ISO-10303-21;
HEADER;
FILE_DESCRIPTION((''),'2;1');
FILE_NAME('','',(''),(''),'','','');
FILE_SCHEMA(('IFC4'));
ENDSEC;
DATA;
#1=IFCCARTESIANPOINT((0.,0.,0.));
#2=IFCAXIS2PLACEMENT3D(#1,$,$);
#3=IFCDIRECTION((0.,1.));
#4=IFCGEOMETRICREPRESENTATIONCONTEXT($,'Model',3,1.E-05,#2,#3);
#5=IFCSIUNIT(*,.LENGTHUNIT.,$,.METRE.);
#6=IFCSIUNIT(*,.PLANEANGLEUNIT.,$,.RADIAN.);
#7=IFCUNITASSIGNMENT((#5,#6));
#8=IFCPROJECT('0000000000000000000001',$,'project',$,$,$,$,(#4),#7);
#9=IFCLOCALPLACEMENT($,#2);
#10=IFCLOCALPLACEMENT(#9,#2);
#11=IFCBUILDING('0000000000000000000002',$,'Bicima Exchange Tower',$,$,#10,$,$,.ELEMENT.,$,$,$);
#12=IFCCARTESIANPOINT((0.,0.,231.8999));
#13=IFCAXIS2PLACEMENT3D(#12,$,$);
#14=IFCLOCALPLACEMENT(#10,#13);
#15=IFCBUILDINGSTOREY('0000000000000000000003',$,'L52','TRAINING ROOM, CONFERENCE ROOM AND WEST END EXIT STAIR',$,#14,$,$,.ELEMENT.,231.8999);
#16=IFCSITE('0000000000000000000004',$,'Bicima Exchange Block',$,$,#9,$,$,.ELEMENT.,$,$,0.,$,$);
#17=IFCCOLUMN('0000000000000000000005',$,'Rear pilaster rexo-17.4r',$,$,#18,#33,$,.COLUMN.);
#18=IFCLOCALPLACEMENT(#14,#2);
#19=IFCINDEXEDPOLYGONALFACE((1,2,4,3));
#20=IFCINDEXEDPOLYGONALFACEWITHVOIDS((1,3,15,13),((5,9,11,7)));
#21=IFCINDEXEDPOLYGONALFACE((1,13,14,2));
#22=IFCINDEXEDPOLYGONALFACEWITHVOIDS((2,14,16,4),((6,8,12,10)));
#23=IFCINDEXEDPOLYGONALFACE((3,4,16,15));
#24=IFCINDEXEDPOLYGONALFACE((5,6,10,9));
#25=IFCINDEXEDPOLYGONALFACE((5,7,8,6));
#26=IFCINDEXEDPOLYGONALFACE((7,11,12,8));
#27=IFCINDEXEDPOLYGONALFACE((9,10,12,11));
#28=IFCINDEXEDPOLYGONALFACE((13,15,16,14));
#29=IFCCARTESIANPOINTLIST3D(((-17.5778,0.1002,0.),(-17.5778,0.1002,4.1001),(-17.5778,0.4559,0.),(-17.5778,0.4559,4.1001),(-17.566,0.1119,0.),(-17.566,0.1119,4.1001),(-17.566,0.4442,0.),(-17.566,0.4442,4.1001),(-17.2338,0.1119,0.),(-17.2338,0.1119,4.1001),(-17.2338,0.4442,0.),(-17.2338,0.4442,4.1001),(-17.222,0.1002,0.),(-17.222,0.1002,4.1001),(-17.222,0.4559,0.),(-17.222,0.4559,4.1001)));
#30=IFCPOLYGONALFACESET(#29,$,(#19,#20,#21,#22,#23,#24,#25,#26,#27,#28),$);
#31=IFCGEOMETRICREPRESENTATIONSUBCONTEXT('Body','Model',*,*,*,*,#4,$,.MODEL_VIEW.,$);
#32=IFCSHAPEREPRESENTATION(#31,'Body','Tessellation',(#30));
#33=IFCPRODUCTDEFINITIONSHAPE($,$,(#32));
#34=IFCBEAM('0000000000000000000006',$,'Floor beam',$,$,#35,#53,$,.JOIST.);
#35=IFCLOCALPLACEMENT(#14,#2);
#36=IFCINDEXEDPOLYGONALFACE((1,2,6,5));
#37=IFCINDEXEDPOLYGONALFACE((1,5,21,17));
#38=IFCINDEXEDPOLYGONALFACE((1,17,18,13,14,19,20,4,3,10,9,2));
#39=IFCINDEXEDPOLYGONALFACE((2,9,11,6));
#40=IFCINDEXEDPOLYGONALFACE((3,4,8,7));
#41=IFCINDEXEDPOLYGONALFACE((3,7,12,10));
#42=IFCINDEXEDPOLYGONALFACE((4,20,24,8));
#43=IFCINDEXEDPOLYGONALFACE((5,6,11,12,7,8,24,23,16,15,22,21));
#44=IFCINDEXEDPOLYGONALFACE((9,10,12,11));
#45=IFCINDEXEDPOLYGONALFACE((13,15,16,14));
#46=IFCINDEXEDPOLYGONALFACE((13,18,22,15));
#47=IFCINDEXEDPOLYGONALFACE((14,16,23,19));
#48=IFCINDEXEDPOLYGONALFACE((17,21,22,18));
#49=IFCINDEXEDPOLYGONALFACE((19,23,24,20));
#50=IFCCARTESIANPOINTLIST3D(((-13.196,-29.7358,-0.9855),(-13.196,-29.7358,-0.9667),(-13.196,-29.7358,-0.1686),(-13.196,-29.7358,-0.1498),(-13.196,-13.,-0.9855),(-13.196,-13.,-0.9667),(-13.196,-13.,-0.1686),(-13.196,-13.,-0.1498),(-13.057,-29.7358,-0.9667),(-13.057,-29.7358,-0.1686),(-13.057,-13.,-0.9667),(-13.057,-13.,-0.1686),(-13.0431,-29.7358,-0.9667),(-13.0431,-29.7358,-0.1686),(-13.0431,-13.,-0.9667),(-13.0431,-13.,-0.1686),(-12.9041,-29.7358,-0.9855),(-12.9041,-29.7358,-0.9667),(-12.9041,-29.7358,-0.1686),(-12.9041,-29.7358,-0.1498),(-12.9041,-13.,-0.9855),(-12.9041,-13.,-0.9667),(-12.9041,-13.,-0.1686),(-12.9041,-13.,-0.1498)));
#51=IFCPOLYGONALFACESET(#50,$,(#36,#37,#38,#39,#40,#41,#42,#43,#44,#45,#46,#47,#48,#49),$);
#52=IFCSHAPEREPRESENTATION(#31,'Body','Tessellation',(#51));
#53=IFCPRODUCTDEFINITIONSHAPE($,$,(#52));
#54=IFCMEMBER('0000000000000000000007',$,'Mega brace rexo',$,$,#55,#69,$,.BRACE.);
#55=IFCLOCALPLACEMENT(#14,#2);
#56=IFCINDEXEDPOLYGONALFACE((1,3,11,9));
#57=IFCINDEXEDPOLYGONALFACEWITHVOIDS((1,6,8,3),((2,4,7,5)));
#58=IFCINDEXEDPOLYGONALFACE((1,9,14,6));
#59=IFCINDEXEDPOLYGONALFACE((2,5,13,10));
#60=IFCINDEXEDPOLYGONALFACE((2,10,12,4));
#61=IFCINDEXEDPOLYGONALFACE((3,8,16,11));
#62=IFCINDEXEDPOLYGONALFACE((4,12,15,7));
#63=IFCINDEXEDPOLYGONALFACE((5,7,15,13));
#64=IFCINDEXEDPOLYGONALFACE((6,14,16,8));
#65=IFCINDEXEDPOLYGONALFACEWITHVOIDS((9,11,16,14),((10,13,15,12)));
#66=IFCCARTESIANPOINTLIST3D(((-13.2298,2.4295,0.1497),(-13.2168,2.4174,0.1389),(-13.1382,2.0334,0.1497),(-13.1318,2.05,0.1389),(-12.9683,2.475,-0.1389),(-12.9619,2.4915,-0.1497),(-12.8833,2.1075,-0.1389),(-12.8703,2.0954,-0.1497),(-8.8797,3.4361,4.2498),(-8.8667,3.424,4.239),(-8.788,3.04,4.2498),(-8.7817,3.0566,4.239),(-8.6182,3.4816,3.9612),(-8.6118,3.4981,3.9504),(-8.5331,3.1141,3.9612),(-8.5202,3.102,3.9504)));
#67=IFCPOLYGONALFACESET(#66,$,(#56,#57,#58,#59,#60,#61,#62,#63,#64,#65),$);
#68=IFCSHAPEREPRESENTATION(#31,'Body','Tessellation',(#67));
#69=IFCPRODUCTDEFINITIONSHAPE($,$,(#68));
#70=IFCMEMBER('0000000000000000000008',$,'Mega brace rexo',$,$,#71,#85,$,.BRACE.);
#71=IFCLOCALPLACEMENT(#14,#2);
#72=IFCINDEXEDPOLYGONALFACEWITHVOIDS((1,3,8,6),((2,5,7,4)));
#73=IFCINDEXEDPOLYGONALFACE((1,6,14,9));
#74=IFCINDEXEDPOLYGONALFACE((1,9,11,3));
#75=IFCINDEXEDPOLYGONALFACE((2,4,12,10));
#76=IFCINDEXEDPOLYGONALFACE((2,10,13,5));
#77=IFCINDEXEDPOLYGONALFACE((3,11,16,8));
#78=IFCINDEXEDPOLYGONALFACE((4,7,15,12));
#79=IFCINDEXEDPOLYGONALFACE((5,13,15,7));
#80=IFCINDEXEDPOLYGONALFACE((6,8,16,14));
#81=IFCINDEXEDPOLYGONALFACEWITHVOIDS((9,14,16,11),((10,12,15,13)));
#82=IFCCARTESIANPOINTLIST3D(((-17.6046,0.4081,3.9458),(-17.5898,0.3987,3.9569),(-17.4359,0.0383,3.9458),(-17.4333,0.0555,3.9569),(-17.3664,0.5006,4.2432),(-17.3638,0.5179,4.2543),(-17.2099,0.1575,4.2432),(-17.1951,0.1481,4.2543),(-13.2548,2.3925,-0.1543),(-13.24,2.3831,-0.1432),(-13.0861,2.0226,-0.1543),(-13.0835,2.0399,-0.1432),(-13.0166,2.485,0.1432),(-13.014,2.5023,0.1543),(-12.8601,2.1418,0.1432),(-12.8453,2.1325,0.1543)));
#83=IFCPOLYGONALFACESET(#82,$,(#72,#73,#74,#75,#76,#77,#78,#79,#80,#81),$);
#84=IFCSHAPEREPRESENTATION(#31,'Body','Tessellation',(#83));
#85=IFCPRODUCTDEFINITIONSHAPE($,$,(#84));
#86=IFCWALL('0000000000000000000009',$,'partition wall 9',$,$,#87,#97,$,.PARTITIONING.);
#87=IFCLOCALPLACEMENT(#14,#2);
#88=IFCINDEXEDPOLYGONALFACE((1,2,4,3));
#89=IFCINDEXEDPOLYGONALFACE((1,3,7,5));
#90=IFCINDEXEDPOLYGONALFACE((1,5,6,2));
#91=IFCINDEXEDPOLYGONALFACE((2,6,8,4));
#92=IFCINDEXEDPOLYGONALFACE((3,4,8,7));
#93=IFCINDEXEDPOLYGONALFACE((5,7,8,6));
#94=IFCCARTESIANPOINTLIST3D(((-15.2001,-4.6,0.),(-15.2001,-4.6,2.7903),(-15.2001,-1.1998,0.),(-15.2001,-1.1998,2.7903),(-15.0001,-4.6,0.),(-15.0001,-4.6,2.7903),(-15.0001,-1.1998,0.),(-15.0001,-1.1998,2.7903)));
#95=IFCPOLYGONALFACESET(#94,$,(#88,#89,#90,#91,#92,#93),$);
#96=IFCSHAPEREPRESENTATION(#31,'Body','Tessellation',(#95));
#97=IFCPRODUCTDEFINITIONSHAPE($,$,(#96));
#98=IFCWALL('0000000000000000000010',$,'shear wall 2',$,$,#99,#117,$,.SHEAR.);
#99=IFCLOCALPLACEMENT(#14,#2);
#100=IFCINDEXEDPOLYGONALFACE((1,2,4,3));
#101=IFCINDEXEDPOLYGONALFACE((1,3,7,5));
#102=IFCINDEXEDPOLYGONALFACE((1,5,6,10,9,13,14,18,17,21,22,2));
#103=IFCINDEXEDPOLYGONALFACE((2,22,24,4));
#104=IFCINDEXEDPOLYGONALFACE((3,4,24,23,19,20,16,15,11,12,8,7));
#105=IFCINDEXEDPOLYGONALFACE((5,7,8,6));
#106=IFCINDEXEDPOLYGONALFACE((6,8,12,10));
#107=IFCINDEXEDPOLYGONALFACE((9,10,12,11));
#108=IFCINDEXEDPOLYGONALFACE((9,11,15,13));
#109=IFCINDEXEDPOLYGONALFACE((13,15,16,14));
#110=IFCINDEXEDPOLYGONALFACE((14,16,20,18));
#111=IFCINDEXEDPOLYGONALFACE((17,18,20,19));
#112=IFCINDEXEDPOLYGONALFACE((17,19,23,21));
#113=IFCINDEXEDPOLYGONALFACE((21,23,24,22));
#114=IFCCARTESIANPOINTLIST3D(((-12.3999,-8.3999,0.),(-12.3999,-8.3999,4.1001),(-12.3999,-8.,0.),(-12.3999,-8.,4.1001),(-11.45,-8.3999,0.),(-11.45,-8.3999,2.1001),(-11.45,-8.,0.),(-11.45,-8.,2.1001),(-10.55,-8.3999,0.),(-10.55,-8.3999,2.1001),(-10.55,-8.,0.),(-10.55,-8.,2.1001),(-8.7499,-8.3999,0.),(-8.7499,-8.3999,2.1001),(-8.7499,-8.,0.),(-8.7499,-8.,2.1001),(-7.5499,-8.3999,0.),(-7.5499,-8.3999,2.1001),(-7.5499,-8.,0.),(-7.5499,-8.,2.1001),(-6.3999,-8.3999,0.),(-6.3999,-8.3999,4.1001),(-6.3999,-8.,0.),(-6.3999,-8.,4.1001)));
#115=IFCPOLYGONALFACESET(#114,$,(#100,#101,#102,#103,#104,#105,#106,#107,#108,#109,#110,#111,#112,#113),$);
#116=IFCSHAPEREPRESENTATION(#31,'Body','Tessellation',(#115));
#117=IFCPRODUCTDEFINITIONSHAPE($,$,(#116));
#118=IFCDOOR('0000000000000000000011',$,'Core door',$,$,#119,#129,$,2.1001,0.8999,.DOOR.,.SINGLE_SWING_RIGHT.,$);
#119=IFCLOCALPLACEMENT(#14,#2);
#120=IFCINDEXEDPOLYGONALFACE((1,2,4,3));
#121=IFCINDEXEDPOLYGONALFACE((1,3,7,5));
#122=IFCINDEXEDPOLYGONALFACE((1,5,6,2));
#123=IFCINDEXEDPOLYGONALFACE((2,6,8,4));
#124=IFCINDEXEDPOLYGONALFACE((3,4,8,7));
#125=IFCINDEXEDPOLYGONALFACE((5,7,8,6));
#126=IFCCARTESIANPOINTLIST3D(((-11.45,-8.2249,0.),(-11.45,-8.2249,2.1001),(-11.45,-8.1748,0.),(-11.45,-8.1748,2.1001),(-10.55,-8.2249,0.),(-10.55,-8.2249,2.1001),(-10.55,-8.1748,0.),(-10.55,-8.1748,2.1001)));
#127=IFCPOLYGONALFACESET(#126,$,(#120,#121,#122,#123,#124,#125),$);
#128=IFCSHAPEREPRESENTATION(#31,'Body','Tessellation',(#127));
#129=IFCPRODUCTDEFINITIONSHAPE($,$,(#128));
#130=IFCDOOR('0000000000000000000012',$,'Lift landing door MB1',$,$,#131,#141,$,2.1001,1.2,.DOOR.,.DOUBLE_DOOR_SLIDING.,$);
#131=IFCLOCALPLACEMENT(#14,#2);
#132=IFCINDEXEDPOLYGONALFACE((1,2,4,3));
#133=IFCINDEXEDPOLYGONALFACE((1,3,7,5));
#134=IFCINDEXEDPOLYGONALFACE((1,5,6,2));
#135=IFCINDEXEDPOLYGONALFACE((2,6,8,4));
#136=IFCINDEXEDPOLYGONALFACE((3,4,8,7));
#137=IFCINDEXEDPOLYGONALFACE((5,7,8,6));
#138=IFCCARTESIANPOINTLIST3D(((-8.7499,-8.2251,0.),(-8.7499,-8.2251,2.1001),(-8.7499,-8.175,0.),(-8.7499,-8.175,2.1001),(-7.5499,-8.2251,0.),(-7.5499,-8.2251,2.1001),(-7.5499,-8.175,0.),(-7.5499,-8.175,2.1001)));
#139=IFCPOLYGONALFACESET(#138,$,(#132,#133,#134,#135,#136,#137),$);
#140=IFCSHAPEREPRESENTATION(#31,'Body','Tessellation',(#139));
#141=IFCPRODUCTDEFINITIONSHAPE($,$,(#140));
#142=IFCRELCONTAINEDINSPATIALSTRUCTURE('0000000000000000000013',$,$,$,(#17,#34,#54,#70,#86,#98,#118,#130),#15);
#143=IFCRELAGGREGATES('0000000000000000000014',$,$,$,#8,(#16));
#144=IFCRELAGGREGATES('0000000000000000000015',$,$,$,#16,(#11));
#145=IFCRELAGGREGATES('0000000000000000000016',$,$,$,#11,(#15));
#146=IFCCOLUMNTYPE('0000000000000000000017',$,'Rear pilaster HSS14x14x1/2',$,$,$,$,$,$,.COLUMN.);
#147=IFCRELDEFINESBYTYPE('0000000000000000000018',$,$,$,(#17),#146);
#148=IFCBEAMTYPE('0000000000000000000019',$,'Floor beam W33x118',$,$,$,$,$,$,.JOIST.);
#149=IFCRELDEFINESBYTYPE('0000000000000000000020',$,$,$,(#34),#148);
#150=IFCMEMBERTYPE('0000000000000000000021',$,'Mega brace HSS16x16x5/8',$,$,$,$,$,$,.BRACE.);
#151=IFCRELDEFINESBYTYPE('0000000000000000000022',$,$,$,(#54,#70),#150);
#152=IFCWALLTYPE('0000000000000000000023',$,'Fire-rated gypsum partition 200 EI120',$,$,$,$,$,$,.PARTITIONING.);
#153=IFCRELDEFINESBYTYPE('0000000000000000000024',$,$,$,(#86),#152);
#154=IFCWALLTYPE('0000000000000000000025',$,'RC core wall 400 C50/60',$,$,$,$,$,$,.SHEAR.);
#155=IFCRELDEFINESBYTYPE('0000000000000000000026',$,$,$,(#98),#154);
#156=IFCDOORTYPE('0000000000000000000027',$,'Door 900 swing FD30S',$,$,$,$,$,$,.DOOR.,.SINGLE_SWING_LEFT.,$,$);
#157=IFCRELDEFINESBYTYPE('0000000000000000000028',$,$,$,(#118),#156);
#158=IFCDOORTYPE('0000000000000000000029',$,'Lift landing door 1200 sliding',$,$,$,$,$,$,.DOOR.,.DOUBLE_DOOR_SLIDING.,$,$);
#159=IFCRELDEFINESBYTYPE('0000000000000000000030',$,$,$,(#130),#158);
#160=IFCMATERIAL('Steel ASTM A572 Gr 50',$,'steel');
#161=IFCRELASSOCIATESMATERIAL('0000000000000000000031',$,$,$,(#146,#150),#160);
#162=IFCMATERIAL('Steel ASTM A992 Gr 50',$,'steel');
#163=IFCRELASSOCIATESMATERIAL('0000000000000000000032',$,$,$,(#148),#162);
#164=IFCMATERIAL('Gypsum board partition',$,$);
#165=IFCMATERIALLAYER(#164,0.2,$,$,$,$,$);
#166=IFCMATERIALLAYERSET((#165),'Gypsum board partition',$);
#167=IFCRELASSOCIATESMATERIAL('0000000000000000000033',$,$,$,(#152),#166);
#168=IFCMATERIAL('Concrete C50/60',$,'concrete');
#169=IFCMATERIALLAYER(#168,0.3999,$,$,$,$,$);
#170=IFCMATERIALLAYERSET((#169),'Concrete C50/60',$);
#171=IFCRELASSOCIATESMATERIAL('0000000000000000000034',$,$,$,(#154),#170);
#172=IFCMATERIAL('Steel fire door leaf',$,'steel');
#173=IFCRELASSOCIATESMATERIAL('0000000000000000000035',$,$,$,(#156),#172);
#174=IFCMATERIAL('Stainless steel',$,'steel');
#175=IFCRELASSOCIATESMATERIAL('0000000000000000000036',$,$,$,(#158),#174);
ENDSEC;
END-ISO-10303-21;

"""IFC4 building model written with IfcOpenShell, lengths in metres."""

from ifc_helpers import new_model, si_unit, direction, frame, frame_2d, origin, origin_2d, place, context, subcontext, project, spatial, rectangle, hollow_rectangle, i_section, extrude, material, layer, layer_set, material_profile, profile_set, type_object, element, fill, save


model = new_model("IFC4")

# Units and contexts
model_context = context("Model", 3, precision=1e-05, world=origin(), true_north=direction((0.0, 1.0)))
body_context = subcontext(model_context, "Body", "Model", "MODEL_VIEW")
ifc_project = project(units=[si_unit("LENGTHUNIT", "METRE"), si_unit("PLANEANGLEUNIT", "RADIAN")], contexts=[model_context])

# Site, building, storey
site_placement = place(None, origin())
site = spatial("IfcSite", under=ifc_project, at=site_placement, Name="Bicima Exchange Block", CompositionType="ELEMENT", RefElevation=0.0)
building_placement = place(site_placement, origin())
building = spatial("IfcBuilding", under=site, at=building_placement, Name="Bicima Exchange Tower", CompositionType="ELEMENT")
storey_placement = place(building_placement, frame((0.0, 0.0, 231.8999)))
storey = spatial("IfcBuildingStorey", under=building, at=storey_placement, Name="L52", Description="TRAINING ROOM, CONFERENCE ROOM AND WEST END EXIT STAIR", CompositionType="ELEMENT", Elevation=231.8999)

# Column
ifc_material_1 = material(Name="Steel ASTM A572 Gr 50", Category="steel")
ifc_material_profile_1 = material_profile(ifc_material_1, hollow_rectangle(XDim=0.3557, YDim=0.3557, WallThickness=0.0117, at=origin_2d()))
ifc_profile_set_1 = profile_set([ifc_material_profile_1], Name="Steel ASTM A572 Gr 50")
column_type = type_object("IfcColumnType", Name="Rear pilaster HSS14x14x1/2", PredefinedType="COLUMN", material=ifc_profile_set_1)
column_placement = place(storey_placement, frame((-17.3999, 0.2781, 0.0), z_axis=(0.0, 0.0, 1.0), x_axis=(1.0, 0.0, 0.0)))
element("IfcColumn", 1, at=column_placement, inside=storey, type_object=column_type, Name="Rear pilaster rexo-17.4r", PredefinedType="COLUMN", context=body_context, shape_type="SweptSolid", body=[
    extrude(hollow_rectangle(XDim=0.3557, YDim=0.3557, WallThickness=0.0117, at=origin_2d()), origin(), (0.0, 0.0, 1.0), 4.1001),
])

# Beam
ifc_material_2 = material(Name="Steel ASTM A992 Gr 50", Category="steel")
ifc_material_profile_2 = material_profile(ifc_material_2, i_section(OverallWidth=0.292, OverallDepth=0.8357, WebThickness=0.0139, FlangeThickness=0.0188, at=origin_2d()))
ifc_profile_set_2 = profile_set([ifc_material_profile_2], Name="Steel ASTM A992 Gr 50")
beam_type = type_object("IfcBeamType", Name="Floor beam W33x118", PredefinedType="JOIST", material=ifc_profile_set_2)
beam_placement = place(storey_placement, frame((-13.05, -13.0, -0.5676), z_axis=(0.0, -1.0, 0.0), x_axis=(1.0, 0.0, 0.0)))
element("IfcBeam", 2, at=beam_placement, inside=storey, type_object=beam_type, Name="Floor beam", PredefinedType="JOIST", context=body_context, shape_type="SweptSolid", body=[
    extrude(i_section(OverallWidth=0.292, OverallDepth=0.8357, WebThickness=0.0139, FlangeThickness=0.0188, at=origin_2d()), origin(), (0.0, 0.0, 1.0), 16.7358),
])

# Members
ifc_material_profile_3 = material_profile(ifc_material_1, hollow_rectangle(XDim=0.4065, YDim=0.4065, WallThickness=0.0146, at=origin_2d()))
ifc_profile_set_3 = profile_set([ifc_material_profile_3], Name="Steel ASTM A572 Gr 50")
member_type = type_object("IfcMemberType", Name="Mega brace HSS16x16x5/8", PredefinedType="BRACE", material=ifc_profile_set_3)
member_1_placement = place(storey_placement, frame((-13.05, 2.2625, 0.0), z_axis=(0.717606, 0.166051, 0.676365), x_axis=(-0.225439, 0.974257, 0.0)))
element("IfcMember", 3, at=member_1_placement, inside=storey, type_object=member_type, Name="Mega brace rexo", PredefinedType="BRACE", context=body_context, shape_type="SweptSolid", body=[
    extrude(hollow_rectangle(XDim=0.4065, YDim=0.4065, WallThickness=0.0146, at=origin_2d()), origin(), (0.0, 0.0, 1.0), 6.062),
])
member_2_placement = place(storey_placement, frame((-13.05, 2.2625, 0.0), z_axis=(-0.690629, -0.31506, 0.650975), x_axis=(0.415045, -0.909801, 0.0)))
element("IfcMember", 4, at=member_2_placement, inside=storey, type_object=member_type, Name="Mega brace rexo", PredefinedType="BRACE", context=body_context, shape_type="SweptSolid", body=[
    extrude(hollow_rectangle(XDim=0.4065, YDim=0.4065, WallThickness=0.0146, at=origin_2d()), origin(), (0.0, 0.0, 1.0), 6.2983),
])

# Wall
ifc_material_3 = material(Name="Gypsum board partition")
ifc_layer_1 = layer(ifc_material_3, 0.2)
ifc_layer_set_1 = layer_set([ifc_layer_1], Name="Gypsum board partition")
wall_type_1 = type_object("IfcWallType", Name="Fire-rated gypsum partition 200 EI120", PredefinedType="PARTITIONING", material=ifc_layer_set_1)
wall_1_placement = place(storey_placement, frame((-15.1001, -4.6001, 0.0), z_axis=(0.0, 0.0, 1.0), x_axis=(0.0, 1.0, 0.0)))
element("IfcWall", 5, at=wall_1_placement, inside=storey, type_object=wall_type_1, Name="partition wall 9", PredefinedType="PARTITIONING", context=body_context, shape_type="SweptSolid", body=[
    extrude(rectangle(XDim=3.4001, YDim=0.2, at=frame_2d((1.7002, 0.0))), origin(), (0.0, 0.0, 1.0), 2.7903),
])

# Wall, openings, doors
ifc_material_4 = material(Name="Concrete C50/60", Category="concrete")
ifc_layer_2 = layer(ifc_material_4, 0.3999)
ifc_layer_set_2 = layer_set([ifc_layer_2], Name="Concrete C50/60")
wall_type_2 = type_object("IfcWallType", Name="RC core wall 400 C50/60", PredefinedType="SHEAR", material=ifc_layer_set_2)
wall_2_placement = place(storey_placement, frame((-12.3999, -8.2, 0.0), z_axis=(0.0, 0.0, 1.0), x_axis=(1.0, 0.0, 0.0)))
wall_2 = element("IfcWall", 6, at=wall_2_placement, inside=storey, type_object=wall_type_2, Name="shear wall 2", PredefinedType="SHEAR", context=body_context, shape_type="SweptSolid", body=[
    extrude(rectangle(XDim=6.0, YDim=0.3999, at=frame_2d((3.0, 0.0))), origin(), (0.0, 0.0, 1.0), 4.1001),
])
opening_1_placement = place(wall_2_placement, frame((3.6499, 0.0, 0.0)))
opening_1 = element("IfcOpeningElement", 7, at=opening_1_placement, cuts=wall_2, PredefinedType="OPENING", context=body_context, shape_type="SweptSolid", body=[
    extrude(rectangle(XDim=1.2, YDim=2.1001, at=frame_2d((0.6001, 1.05))), frame((0.0, 0.2119, 0.0), z_axis=(0.0, -1.0, 0.0), x_axis=(1.0, 0.0, 0.0)), (0.0, 0.0, 1.0), 0.4238),
])
opening_2_placement = place(wall_2_placement, frame((0.95, 0.0, 0.0)))
opening_2 = element("IfcOpeningElement", 8, at=opening_2_placement, cuts=wall_2, PredefinedType="OPENING", context=body_context, shape_type="SweptSolid", body=[
    extrude(rectangle(XDim=0.8999, YDim=2.1001, at=frame_2d((0.45, 1.05))), frame((0.0, 0.2119, 0.0), z_axis=(0.0, -1.0, 0.0), x_axis=(1.0, 0.0, 0.0)), (0.0, 0.0, 1.0), 0.4238),
])
ifc_material_5 = material(Name="Steel fire door leaf", Category="steel")
door_type_1 = type_object("IfcDoorType", Name="Door 900 swing FD30S", OperationType="SINGLE_SWING_LEFT", PredefinedType="DOOR", material=ifc_material_5)
door_1_placement = place(opening_2_placement, frame((0.8999, 0.0, 0.0), z_axis=(0.0, 0.0, 1.0), x_axis=(-1.0, 0.0, 0.0)))
door_1 = element("IfcDoor", 9, at=door_1_placement, inside=storey, type_object=door_type_1, Name="Core door", OperationType="SINGLE_SWING_RIGHT", OverallHeight=2.1001, OverallWidth=0.8999, PredefinedType="DOOR", context=body_context, shape_type="SweptSolid", body=[
    extrude(rectangle(XDim=0.8999, YDim=2.1001, at=frame_2d((0.45, 1.05))), frame((0.0, 0.0249, 0.0), z_axis=(0.0, -1.0, 0.0), x_axis=(1.0, 0.0, 0.0)), (0.0, 0.0, 1.0), 0.05),
])
fill(opening_2, door_1)
ifc_material_6 = material(Name="Stainless steel", Category="steel")
door_type_2 = type_object("IfcDoorType", Name="Lift landing door 1200 sliding", OperationType="DOUBLE_DOOR_SLIDING", PredefinedType="DOOR", material=ifc_material_6)
door_2_placement = place(opening_1_placement, origin())
door_2 = element("IfcDoor", 10, at=door_2_placement, inside=storey, type_object=door_type_2, Name="Lift landing door MB1", OperationType="DOUBLE_DOOR_SLIDING", OverallHeight=2.1001, OverallWidth=1.2, PredefinedType="DOOR", context=body_context, shape_type="SweptSolid", body=[
    extrude(rectangle(XDim=1.2, YDim=2.1001, at=frame_2d((0.6001, 1.05))), frame((0.0, 0.0249, 0.0), z_axis=(0.0, -1.0, 0.0), x_axis=(1.0, 0.0, 0.0)), (0.0, 0.0, 1.0), 0.05),
])
fill(opening_1, door_2)

save(model, "model.ifc")
